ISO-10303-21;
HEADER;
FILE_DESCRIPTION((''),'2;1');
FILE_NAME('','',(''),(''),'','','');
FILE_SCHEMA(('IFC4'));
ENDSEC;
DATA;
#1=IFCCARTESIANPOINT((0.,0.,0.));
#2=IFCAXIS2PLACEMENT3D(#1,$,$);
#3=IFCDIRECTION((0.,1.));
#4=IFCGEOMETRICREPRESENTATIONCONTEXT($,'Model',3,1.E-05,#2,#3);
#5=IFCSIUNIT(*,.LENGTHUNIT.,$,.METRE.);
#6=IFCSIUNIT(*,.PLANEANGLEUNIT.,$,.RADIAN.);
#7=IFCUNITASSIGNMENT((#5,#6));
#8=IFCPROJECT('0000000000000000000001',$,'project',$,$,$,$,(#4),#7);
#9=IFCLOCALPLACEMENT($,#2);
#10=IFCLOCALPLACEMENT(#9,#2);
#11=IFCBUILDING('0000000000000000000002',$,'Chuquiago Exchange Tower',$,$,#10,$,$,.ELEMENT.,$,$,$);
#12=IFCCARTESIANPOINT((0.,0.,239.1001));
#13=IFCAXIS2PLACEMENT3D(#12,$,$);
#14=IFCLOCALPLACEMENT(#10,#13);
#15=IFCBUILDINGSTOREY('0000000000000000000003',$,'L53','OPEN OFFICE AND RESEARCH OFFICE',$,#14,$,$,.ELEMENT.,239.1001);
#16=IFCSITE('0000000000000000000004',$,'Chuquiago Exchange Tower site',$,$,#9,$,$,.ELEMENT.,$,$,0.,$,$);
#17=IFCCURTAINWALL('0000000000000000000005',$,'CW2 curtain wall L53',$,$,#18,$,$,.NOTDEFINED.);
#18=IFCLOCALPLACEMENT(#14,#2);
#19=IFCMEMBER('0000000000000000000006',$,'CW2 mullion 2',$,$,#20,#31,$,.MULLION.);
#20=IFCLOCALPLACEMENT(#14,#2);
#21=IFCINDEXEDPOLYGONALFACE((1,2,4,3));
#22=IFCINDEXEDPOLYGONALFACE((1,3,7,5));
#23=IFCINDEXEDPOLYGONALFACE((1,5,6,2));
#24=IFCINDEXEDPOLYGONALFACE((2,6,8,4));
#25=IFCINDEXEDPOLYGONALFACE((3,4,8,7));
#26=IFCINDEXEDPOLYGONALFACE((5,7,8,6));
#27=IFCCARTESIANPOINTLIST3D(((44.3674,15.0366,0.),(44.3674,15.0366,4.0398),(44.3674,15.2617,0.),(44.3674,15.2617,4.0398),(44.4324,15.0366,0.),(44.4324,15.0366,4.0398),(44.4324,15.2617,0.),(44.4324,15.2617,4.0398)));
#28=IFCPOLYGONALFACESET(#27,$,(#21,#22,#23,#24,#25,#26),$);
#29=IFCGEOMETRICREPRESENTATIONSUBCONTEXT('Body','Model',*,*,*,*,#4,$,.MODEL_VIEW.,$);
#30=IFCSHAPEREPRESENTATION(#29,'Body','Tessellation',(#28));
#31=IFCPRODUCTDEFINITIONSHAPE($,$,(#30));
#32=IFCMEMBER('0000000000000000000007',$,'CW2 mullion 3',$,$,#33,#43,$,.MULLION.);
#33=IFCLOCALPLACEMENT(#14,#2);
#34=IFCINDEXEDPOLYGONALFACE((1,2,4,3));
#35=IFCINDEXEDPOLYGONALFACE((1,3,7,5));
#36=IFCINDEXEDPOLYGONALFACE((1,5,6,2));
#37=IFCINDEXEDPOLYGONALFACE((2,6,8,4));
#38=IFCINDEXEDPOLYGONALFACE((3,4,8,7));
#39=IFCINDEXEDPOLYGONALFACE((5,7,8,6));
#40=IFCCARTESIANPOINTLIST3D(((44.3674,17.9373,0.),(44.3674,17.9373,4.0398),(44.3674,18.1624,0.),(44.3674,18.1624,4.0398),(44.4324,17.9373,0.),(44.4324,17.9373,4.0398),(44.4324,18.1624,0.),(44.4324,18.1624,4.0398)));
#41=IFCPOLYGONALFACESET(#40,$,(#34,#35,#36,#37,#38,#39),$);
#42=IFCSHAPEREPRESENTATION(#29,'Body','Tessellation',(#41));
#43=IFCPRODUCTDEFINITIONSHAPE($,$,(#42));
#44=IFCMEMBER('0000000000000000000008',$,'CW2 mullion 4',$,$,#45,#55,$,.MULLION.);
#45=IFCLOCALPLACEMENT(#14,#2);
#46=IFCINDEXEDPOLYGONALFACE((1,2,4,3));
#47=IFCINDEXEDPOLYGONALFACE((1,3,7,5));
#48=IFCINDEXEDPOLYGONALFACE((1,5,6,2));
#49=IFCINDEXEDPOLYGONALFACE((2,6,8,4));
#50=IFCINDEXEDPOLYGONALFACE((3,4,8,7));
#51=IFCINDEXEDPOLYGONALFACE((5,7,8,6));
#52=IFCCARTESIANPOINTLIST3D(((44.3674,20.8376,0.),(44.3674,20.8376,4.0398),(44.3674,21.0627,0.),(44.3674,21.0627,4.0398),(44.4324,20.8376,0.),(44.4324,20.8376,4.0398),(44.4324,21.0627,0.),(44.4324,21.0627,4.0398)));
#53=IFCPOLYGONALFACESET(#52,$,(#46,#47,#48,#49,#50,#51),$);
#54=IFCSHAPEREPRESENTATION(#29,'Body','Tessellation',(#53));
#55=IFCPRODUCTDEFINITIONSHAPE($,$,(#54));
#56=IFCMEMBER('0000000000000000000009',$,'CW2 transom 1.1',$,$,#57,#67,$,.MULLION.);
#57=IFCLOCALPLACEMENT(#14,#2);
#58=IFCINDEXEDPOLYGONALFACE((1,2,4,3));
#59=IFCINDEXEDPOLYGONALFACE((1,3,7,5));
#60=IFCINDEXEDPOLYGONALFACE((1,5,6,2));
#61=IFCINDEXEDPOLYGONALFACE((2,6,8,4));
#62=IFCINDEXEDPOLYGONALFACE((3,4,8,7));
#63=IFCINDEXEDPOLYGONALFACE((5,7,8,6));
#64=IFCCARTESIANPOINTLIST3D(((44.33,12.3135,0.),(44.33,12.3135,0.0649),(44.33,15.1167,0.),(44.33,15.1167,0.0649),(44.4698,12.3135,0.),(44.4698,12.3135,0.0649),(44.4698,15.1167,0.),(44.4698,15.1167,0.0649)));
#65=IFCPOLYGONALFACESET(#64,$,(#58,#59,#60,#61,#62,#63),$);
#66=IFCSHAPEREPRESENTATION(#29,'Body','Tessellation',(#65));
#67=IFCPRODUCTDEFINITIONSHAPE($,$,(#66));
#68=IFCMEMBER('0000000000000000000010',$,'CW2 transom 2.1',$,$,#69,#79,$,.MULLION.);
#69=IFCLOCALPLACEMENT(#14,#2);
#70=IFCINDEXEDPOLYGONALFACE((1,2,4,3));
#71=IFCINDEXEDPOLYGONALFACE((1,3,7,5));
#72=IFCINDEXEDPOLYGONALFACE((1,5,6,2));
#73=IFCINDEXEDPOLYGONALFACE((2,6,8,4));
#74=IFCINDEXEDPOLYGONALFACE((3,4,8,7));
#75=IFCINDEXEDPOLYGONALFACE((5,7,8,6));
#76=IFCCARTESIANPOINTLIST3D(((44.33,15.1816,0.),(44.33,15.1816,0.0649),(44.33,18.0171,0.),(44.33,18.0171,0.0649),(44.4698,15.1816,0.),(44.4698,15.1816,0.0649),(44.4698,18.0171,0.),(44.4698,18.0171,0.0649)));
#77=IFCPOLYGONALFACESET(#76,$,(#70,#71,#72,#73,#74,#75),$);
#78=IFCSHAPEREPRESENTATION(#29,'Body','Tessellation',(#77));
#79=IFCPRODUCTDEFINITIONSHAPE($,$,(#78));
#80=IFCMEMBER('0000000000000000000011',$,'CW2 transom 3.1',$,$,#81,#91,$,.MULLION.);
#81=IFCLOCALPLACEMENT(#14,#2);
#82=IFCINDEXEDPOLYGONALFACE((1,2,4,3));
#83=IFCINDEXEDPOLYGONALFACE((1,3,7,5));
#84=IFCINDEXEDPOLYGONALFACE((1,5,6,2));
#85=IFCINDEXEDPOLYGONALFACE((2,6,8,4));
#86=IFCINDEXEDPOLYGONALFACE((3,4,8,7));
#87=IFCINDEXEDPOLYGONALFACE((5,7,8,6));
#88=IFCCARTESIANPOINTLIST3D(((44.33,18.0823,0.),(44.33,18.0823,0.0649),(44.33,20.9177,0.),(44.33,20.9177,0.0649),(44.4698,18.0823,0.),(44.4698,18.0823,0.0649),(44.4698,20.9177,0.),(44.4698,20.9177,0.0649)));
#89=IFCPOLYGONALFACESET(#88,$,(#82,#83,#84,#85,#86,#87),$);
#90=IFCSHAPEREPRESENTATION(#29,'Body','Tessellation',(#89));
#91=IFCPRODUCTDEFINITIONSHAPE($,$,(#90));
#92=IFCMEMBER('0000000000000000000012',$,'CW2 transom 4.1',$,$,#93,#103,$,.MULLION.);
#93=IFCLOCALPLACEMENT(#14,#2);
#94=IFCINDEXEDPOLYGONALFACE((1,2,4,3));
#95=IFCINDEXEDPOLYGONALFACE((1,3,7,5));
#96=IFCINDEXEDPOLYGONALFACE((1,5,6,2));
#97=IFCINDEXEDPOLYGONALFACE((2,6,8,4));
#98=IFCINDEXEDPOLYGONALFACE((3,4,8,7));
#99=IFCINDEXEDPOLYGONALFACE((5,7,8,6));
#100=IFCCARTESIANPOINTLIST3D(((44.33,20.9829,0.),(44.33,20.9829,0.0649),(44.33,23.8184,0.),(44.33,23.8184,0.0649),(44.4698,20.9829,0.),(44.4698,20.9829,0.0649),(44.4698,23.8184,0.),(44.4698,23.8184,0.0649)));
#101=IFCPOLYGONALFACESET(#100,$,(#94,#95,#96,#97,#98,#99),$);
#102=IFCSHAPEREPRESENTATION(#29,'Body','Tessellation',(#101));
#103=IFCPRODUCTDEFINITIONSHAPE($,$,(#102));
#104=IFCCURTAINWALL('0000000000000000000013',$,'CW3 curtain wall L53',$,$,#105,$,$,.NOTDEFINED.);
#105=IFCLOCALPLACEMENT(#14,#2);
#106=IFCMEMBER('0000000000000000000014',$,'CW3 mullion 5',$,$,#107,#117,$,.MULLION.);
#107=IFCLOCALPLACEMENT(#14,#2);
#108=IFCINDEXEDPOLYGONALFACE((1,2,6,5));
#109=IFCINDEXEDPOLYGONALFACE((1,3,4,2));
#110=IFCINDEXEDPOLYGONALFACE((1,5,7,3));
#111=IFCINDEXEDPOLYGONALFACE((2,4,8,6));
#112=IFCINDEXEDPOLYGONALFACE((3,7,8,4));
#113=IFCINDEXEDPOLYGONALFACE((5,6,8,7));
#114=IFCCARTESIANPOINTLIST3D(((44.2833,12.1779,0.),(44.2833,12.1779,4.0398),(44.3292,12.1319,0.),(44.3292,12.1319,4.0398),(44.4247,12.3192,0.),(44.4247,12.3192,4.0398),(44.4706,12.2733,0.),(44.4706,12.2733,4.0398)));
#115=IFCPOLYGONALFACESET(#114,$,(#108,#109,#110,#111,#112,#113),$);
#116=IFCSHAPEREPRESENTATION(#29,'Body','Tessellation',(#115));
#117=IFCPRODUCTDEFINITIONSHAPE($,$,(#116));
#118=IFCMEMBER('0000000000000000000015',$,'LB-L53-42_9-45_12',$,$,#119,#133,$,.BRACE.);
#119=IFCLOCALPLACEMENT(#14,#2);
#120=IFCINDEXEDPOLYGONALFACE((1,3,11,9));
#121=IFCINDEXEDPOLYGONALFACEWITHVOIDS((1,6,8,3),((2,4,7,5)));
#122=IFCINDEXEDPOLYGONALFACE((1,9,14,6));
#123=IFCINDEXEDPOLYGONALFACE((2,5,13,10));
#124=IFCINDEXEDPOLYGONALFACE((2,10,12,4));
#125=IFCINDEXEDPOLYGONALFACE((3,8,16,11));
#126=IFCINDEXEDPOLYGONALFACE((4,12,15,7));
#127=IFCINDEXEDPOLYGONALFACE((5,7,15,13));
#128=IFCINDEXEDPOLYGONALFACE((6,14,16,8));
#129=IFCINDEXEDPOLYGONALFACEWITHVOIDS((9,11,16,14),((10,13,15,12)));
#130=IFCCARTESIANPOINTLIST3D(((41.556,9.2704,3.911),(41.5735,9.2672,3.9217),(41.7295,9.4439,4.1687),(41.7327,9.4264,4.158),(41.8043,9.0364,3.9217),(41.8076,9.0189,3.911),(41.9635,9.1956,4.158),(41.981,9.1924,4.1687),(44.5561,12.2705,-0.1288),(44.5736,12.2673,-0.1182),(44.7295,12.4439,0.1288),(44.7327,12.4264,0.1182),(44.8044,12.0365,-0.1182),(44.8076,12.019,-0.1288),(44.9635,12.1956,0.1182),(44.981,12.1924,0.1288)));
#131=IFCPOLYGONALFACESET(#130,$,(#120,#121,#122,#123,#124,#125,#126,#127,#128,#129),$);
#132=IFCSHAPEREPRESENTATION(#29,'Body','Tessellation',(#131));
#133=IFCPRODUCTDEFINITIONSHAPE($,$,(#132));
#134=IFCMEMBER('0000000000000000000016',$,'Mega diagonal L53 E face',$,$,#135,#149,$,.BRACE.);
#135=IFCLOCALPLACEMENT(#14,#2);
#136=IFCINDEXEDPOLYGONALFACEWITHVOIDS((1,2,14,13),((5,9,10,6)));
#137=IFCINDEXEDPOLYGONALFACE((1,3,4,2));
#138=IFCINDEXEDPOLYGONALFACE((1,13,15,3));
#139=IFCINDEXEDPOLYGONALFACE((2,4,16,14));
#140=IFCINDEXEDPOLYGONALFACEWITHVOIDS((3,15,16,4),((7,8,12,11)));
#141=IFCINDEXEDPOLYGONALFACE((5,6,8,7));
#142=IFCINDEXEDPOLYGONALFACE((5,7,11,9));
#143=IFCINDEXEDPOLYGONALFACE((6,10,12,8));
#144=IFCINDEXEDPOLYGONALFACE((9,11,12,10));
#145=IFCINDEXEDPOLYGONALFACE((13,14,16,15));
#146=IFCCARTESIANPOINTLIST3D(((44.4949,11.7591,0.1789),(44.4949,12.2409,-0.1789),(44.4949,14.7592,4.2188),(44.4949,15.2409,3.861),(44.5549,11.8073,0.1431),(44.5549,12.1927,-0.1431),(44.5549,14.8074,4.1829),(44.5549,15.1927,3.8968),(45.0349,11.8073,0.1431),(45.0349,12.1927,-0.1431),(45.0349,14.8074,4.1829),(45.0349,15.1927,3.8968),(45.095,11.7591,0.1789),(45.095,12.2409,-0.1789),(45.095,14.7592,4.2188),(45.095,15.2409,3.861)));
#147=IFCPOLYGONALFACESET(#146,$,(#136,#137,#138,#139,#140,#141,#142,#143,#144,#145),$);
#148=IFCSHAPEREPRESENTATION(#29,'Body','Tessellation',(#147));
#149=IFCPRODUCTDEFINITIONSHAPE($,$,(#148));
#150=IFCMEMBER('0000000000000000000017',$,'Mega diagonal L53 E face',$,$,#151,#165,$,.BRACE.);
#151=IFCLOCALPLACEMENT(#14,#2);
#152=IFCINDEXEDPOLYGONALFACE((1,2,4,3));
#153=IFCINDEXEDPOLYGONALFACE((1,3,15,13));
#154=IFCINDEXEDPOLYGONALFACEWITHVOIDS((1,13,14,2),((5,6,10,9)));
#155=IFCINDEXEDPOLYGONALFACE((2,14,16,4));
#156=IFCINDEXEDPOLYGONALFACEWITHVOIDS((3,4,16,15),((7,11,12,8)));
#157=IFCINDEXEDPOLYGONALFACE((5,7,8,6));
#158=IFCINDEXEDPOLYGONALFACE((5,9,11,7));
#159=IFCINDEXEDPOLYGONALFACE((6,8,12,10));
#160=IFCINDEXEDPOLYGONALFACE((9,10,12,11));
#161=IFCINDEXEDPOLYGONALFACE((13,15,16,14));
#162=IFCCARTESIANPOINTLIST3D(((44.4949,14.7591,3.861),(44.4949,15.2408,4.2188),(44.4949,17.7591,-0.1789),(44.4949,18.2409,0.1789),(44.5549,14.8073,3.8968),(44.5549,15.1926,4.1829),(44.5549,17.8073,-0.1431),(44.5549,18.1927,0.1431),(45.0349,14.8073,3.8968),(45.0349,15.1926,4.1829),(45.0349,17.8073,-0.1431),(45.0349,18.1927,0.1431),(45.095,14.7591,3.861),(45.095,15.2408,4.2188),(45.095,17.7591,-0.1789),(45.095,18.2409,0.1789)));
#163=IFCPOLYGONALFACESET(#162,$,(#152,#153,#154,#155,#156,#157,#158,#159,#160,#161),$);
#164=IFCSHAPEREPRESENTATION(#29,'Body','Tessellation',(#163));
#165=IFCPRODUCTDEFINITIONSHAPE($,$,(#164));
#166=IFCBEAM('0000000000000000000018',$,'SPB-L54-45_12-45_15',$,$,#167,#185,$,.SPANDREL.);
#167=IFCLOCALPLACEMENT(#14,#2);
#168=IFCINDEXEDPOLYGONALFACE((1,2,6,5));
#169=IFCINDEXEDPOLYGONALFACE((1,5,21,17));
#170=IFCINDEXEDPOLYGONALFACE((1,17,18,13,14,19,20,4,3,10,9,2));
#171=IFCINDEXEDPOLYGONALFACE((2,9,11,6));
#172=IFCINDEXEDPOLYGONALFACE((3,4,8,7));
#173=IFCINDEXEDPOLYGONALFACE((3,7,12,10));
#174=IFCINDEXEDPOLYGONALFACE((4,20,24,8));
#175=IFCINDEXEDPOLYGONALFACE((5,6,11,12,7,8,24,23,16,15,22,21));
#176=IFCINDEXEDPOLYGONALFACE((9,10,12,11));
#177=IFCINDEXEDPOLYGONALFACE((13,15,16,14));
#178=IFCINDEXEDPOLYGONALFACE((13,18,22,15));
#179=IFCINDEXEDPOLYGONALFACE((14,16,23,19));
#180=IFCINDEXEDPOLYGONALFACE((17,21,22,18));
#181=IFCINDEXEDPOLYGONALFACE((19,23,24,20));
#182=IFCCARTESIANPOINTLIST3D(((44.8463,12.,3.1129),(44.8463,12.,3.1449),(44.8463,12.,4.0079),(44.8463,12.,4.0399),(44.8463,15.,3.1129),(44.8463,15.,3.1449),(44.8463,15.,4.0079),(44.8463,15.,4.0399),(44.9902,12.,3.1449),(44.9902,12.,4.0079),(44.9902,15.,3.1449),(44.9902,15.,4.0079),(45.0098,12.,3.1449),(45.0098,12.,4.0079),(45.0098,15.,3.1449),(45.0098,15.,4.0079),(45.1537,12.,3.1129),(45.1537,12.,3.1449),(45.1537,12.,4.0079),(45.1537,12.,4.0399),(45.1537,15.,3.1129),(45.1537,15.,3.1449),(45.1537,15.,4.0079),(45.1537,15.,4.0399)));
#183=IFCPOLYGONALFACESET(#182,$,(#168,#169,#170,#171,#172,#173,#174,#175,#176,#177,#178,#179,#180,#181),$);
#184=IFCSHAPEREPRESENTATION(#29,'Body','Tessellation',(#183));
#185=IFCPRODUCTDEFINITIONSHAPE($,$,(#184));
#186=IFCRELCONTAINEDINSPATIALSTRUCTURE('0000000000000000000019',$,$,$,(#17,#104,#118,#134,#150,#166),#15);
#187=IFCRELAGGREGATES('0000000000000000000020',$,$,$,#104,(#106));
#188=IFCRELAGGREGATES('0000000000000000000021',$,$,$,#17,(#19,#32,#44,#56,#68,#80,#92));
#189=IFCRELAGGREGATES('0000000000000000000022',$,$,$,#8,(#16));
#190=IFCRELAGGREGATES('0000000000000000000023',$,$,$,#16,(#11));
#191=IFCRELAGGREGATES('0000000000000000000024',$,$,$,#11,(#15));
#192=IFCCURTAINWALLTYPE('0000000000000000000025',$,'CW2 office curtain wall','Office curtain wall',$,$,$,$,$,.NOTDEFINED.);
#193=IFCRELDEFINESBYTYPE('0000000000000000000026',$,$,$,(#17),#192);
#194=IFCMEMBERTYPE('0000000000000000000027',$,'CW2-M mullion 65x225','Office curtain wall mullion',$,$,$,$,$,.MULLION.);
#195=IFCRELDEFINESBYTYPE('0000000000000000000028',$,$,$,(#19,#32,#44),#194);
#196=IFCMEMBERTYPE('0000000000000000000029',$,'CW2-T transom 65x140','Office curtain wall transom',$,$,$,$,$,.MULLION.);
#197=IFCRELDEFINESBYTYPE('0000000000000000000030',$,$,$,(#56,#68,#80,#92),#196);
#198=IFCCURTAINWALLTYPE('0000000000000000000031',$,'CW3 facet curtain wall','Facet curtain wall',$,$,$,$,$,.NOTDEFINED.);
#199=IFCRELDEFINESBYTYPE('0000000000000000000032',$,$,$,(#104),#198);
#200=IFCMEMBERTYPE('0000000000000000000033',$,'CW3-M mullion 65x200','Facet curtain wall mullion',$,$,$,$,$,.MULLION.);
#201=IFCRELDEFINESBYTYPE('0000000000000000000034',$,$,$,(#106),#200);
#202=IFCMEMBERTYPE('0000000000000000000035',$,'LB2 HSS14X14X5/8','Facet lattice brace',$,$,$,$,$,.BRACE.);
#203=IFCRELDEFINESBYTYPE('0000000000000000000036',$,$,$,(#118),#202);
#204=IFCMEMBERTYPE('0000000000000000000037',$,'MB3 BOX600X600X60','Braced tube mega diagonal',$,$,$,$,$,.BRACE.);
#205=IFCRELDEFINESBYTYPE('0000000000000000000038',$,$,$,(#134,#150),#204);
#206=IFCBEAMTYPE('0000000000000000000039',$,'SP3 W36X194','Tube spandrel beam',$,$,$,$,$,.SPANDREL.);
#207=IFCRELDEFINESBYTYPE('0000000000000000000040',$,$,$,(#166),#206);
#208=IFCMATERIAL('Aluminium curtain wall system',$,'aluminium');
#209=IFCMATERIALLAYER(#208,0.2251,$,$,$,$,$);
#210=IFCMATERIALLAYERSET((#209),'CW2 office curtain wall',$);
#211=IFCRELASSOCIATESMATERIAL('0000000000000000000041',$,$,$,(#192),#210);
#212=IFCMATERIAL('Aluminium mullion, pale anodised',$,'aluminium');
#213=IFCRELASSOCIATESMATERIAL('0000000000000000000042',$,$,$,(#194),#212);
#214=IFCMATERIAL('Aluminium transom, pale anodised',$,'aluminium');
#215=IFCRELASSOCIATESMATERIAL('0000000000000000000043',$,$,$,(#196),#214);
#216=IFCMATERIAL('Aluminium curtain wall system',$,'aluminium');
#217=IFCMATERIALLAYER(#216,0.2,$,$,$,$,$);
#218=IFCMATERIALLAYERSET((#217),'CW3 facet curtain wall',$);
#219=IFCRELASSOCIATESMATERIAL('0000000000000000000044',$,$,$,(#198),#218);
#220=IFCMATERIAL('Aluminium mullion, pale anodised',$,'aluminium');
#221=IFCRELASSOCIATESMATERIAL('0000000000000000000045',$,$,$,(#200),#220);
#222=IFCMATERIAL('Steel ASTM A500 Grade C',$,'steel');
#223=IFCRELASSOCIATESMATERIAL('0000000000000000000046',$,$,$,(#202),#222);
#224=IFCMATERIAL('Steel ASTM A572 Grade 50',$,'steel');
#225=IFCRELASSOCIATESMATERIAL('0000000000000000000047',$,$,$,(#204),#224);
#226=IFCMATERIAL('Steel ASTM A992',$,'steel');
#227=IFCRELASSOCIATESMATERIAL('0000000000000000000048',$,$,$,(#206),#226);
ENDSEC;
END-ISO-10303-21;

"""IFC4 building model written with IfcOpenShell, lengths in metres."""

from ifc_helpers import new_model, si_unit, direction, frame, origin, origin_2d, place, context, subcontext, project, spatial, rectangle, hollow_rectangle, i_section, extrude, material, layer, layer_set, material_profile, profile_set, type_object, element, aggregate, save


model = new_model("IFC4")

# Units and contexts
model_context = context("Model", 3, precision=1e-05, world=origin(), true_north=direction((0.0, 1.0)))
body_context = subcontext(model_context, "Body", "Model", "MODEL_VIEW")
ifc_project = project(units=[si_unit("LENGTHUNIT", "METRE"), si_unit("PLANEANGLEUNIT", "RADIAN")], contexts=[model_context])

# Site, building, storey
site_placement = place(None, origin())
site = spatial("IfcSite", under=ifc_project, at=site_placement, Name="Chuquiago Exchange Tower site", CompositionType="ELEMENT", RefElevation=0.0)
building_placement = place(site_placement, origin())
building = spatial("IfcBuilding", under=site, at=building_placement, Name="Chuquiago Exchange Tower", CompositionType="ELEMENT")
storey_placement = place(building_placement, frame((0.0, 0.0, 239.1001)))
storey = spatial("IfcBuildingStorey", under=building, at=storey_placement, Name="L53", Description="OPEN OFFICE AND RESEARCH OFFICE", CompositionType="ELEMENT", Elevation=239.1001)

# Curtain wall, members
ifc_material_1 = material(Name="Aluminium curtain wall system", Category="aluminium")
ifc_layer_1 = layer(ifc_material_1, 0.2251)
ifc_layer_set_1 = layer_set([ifc_layer_1], Name="CW2 office curtain wall")
curtain_wall_type_1 = type_object("IfcCurtainWallType", Name="CW2 office curtain wall", Description="Office curtain wall", PredefinedType="NOTDEFINED", material=ifc_layer_set_1)
curtain_wall_1_placement = place(storey_placement, origin())
curtain_wall_1 = element("IfcCurtainWall", 1, at=curtain_wall_1_placement, inside=storey, type_object=curtain_wall_type_1, Name="CW2 curtain wall L53", PredefinedType="NOTDEFINED")
ifc_material_2 = material(Name="Aluminium mullion, pale anodised", Category="aluminium")
ifc_material_profile_1 = material_profile(ifc_material_2, rectangle(XDim=0.0649, YDim=0.2251, at=origin_2d()), Name="AL 65x225")
ifc_profile_set_1 = profile_set([ifc_material_profile_1], Name="Aluminium mullion, pale anodised")
member_type_1 = type_object("IfcMemberType", Name="CW2-M mullion 65x225", Description="Office curtain wall mullion", PredefinedType="MULLION", material=ifc_profile_set_1)
member_1_placement = place(storey_placement, frame((44.3999, 15.1492, 0.0), z_axis=(0.0, 0.0, 1.0), x_axis=(-1.0, 0.0, 0.0)))
member_1 = element("IfcMember", 2, at=member_1_placement, type_object=member_type_1, Name="CW2 mullion 2", PredefinedType="MULLION", context=body_context, shape_type="SweptSolid", body=[
    extrude(rectangle(XDim=0.0649, YDim=0.2251, at=origin_2d()), origin(), (0.0, 0.0, 1.0), 4.0398),
])
member_2_placement = place(storey_placement, frame((44.3999, 18.0498, 0.0), z_axis=(0.0, 0.0, 1.0), x_axis=(-1.0, 0.0, 0.0)))
member_2 = element("IfcMember", 3, at=member_2_placement, type_object=member_type_1, Name="CW2 mullion 3", PredefinedType="MULLION", context=body_context, shape_type="SweptSolid", body=[
    extrude(rectangle(XDim=0.0649, YDim=0.2251, at=origin_2d()), origin(), (0.0, 0.0, 1.0), 4.0398),
])
member_3_placement = place(storey_placement, frame((44.3999, 20.9502, 0.0), z_axis=(0.0, 0.0, 1.0), x_axis=(-1.0, 0.0, 0.0)))
member_3 = element("IfcMember", 4, at=member_3_placement, type_object=member_type_1, Name="CW2 mullion 4", PredefinedType="MULLION", context=body_context, shape_type="SweptSolid", body=[
    extrude(rectangle(XDim=0.0649, YDim=0.2251, at=origin_2d()), origin(), (0.0, 0.0, 1.0), 4.0398),
])
ifc_material_3 = material(Name="Aluminium transom, pale anodised", Category="aluminium")
ifc_material_profile_2 = material_profile(ifc_material_3, rectangle(XDim=0.1399, YDim=0.0649, at=origin_2d()), Name="AL 140x65")
ifc_profile_set_2 = profile_set([ifc_material_profile_2], Name="Aluminium transom, pale anodised")
member_type_2 = type_object("IfcMemberType", Name="CW2-T transom 65x140", Description="Office curtain wall transom", PredefinedType="MULLION", material=ifc_profile_set_2)
member_4_placement = place(storey_placement, frame((44.3999, 12.3135, 0.0325), z_axis=(0.0, 1.0, 0.0), x_axis=(-1.0, 0.0, 0.0)))
member_4 = element("IfcMember", 5, at=member_4_placement, type_object=member_type_2, Name="CW2 transom 1.1", PredefinedType="MULLION", context=body_context, shape_type="SweptSolid", body=[
    extrude(rectangle(XDim=0.1399, YDim=0.0649, at=origin_2d()), origin(), (0.0, 0.0, 1.0), 2.8032),
])
member_5_placement = place(storey_placement, frame((44.3999, 15.1816, 0.0325), z_axis=(0.0, 1.0, 0.0), x_axis=(-1.0, 0.0, 0.0)))
member_5 = element("IfcMember", 6, at=member_5_placement, type_object=member_type_2, Name="CW2 transom 2.1", PredefinedType="MULLION", context=body_context, shape_type="SweptSolid", body=[
    extrude(rectangle(XDim=0.1399, YDim=0.0649, at=origin_2d()), origin(), (0.0, 0.0, 1.0), 2.8354),
])
member_6_placement = place(storey_placement, frame((44.3999, 18.0823, 0.0325), z_axis=(0.0, 1.0, 0.0), x_axis=(-1.0, 0.0, 0.0)))
member_6 = element("IfcMember", 7, at=member_6_placement, type_object=member_type_2, Name="CW2 transom 3.1", PredefinedType="MULLION", context=body_context, shape_type="SweptSolid", body=[
    extrude(rectangle(XDim=0.1399, YDim=0.0649, at=origin_2d()), origin(), (0.0, 0.0, 1.0), 2.8354),
])
member_7_placement = place(storey_placement, frame((44.3999, 20.9829, 0.0325), z_axis=(0.0, 1.0, 0.0), x_axis=(-1.0, 0.0, 0.0)))
member_7 = element("IfcMember", 8, at=member_7_placement, type_object=member_type_2, Name="CW2 transom 4.1", PredefinedType="MULLION", context=body_context, shape_type="SweptSolid", body=[
    extrude(rectangle(XDim=0.1399, YDim=0.0649, at=origin_2d()), origin(), (0.0, 0.0, 1.0), 2.8354),
])

# Curtain wall, member
ifc_material_4 = material(Name="Aluminium curtain wall system", Category="aluminium")
ifc_layer_2 = layer(ifc_material_4, 0.2)
ifc_layer_set_2 = layer_set([ifc_layer_2], Name="CW3 facet curtain wall")
curtain_wall_type_2 = type_object("IfcCurtainWallType", Name="CW3 facet curtain wall", Description="Facet curtain wall", PredefinedType="NOTDEFINED", material=ifc_layer_set_2)
curtain_wall_2_placement = place(storey_placement, origin())
curtain_wall_2 = element("IfcCurtainWall", 9, at=curtain_wall_2_placement, inside=storey, type_object=curtain_wall_type_2, Name="CW3 curtain wall L53", PredefinedType="NOTDEFINED")
ifc_material_5 = material(Name="Aluminium mullion, pale anodised", Category="aluminium")
ifc_material_profile_3 = material_profile(ifc_material_5, rectangle(XDim=0.0649, YDim=0.2, at=origin_2d()), Name="AL 65x200")
ifc_profile_set_3 = profile_set([ifc_material_profile_3], Name="Aluminium mullion, pale anodised")
member_type_3 = type_object("IfcMemberType", Name="CW3-M mullion 65x200", Description="Facet curtain wall mullion", PredefinedType="MULLION", material=ifc_profile_set_3)
member_8_placement = place(storey_placement, frame((44.377, 12.2256, 0.0), z_axis=(0.0, 0.0, 1.0), x_axis=(-0.707107, 0.707107, 0.0)))
member_8 = element("IfcMember", 10, at=member_8_placement, type_object=member_type_3, Name="CW3 mullion 5", PredefinedType="MULLION", context=body_context, shape_type="SweptSolid", body=[
    extrude(rectangle(XDim=0.0649, YDim=0.2, at=origin_2d()), origin(), (0.0, 0.0, 1.0), 4.0398),
])
aggregate(curtain_wall_2, [member_8])

# Members
ifc_material_6 = material(Name="Steel ASTM A500 Grade C", Category="steel")
ifc_material_profile_4 = material_profile(ifc_material_6, hollow_rectangle(XDim=0.3557, YDim=0.3557, WallThickness=0.0146, at=origin_2d()), Name="HSS14X14X5/8")
ifc_profile_set_4 = profile_set([ifc_material_profile_4], Name="Steel ASTM A500 Grade C")
member_type_4 = type_object("IfcMemberType", Name="LB2 HSS14X14X5/8", Description="Facet lattice brace", PredefinedType="BRACE", material=ifc_profile_set_4)
member_9_placement = place(storey_placement, frame((44.7686, 12.2314, 0.0), z_axis=(-0.512092, -0.512092, 0.689582), x_axis=(0.707107, -0.707107, 0.0)))
element("IfcMember", 11, at=member_9_placement, inside=storey, type_object=member_type_4, Name="LB-L53-42_9-45_12", PredefinedType="BRACE", context=body_context, shape_type="SweptSolid", body=[
    extrude(hollow_rectangle(XDim=0.3557, YDim=0.3557, WallThickness=0.0146, at=origin_2d()), origin(), (0.0, 0.0, 1.0), 5.8584),
])
ifc_material_7 = material(Name="Steel ASTM A572 Grade 50", Category="steel")
ifc_material_profile_5 = material_profile(ifc_material_7, hollow_rectangle(XDim=0.6001, YDim=0.6001, WallThickness=0.0601, at=origin_2d()), Name="BOX600X600X60")
ifc_profile_set_5 = profile_set([ifc_material_profile_5], Name="Steel ASTM A572 Grade 50")
member_type_5 = type_object("IfcMemberType", Name="MB3 BOX600X600X60", Description="Braced tube mega diagonal", PredefinedType="BRACE", material=ifc_profile_set_5)
for number, where, z_axis, x_axis, name in (
    (12, (44.7949, 12.0, 0.0), (0.0, 0.596197, 0.802838), (-1.0, 0.0, 0.0), "Mega diagonal L53 E face"),
    (13, (44.7949, 18.0, 0.0), (0.0, -0.596197, 0.802838), (1.0, 0.0, 0.0), "Mega diagonal L53 E face"),
):
    element("IfcMember", number, at=place(storey_placement, frame(where, z_axis=z_axis, x_axis=x_axis)), inside=storey, type_object=member_type_5, Name=name, PredefinedType="BRACE", context=body_context, shape_type="SweptSolid", body=[
        extrude(hollow_rectangle(XDim=0.6001, YDim=0.6001, WallThickness=0.0601, at=origin_2d()), origin(), (0.0, 0.0, 1.0), 5.032),
    ])

# Beam
ifc_material_8 = material(Name="Steel ASTM A992", Category="steel")
ifc_material_profile_6 = material_profile(ifc_material_8, i_section(OverallWidth=0.3074, OverallDepth=0.927, WebThickness=0.0195, FlangeThickness=0.032, at=origin_2d()), Name="W36X194")
ifc_profile_set_6 = profile_set([ifc_material_profile_6], Name="Steel ASTM A992")
beam_type_1 = type_object("IfcBeamType", Name="SP3 W36X194", Description="Tube spandrel beam", PredefinedType="SPANDREL", material=ifc_profile_set_6)
for number, where, z_axis, x_axis, name in (
    (14, (45.0, 12.0, 3.5764), (0.0, 1.0, 0.0), (-1.0, 0.0, 0.0), "SPB-L54-45_12-45_15"),
):
    element("IfcBeam", number, at=place(storey_placement, frame(where, z_axis=z_axis, x_axis=x_axis)), inside=storey, type_object=beam_type_1, Name=name, PredefinedType="SPANDREL", context=body_context, shape_type="SweptSolid", body=[
        extrude(i_section(OverallWidth=0.3074, OverallDepth=0.927, WebThickness=0.0195, FlangeThickness=0.032, at=origin_2d()), origin(), (0.0, 0.0, 1.0), 3.0),
    ])

aggregate(curtain_wall_1, [member_1, member_2, member_3, member_4, member_5, member_6, member_7])

save(model, "model.ifc")
